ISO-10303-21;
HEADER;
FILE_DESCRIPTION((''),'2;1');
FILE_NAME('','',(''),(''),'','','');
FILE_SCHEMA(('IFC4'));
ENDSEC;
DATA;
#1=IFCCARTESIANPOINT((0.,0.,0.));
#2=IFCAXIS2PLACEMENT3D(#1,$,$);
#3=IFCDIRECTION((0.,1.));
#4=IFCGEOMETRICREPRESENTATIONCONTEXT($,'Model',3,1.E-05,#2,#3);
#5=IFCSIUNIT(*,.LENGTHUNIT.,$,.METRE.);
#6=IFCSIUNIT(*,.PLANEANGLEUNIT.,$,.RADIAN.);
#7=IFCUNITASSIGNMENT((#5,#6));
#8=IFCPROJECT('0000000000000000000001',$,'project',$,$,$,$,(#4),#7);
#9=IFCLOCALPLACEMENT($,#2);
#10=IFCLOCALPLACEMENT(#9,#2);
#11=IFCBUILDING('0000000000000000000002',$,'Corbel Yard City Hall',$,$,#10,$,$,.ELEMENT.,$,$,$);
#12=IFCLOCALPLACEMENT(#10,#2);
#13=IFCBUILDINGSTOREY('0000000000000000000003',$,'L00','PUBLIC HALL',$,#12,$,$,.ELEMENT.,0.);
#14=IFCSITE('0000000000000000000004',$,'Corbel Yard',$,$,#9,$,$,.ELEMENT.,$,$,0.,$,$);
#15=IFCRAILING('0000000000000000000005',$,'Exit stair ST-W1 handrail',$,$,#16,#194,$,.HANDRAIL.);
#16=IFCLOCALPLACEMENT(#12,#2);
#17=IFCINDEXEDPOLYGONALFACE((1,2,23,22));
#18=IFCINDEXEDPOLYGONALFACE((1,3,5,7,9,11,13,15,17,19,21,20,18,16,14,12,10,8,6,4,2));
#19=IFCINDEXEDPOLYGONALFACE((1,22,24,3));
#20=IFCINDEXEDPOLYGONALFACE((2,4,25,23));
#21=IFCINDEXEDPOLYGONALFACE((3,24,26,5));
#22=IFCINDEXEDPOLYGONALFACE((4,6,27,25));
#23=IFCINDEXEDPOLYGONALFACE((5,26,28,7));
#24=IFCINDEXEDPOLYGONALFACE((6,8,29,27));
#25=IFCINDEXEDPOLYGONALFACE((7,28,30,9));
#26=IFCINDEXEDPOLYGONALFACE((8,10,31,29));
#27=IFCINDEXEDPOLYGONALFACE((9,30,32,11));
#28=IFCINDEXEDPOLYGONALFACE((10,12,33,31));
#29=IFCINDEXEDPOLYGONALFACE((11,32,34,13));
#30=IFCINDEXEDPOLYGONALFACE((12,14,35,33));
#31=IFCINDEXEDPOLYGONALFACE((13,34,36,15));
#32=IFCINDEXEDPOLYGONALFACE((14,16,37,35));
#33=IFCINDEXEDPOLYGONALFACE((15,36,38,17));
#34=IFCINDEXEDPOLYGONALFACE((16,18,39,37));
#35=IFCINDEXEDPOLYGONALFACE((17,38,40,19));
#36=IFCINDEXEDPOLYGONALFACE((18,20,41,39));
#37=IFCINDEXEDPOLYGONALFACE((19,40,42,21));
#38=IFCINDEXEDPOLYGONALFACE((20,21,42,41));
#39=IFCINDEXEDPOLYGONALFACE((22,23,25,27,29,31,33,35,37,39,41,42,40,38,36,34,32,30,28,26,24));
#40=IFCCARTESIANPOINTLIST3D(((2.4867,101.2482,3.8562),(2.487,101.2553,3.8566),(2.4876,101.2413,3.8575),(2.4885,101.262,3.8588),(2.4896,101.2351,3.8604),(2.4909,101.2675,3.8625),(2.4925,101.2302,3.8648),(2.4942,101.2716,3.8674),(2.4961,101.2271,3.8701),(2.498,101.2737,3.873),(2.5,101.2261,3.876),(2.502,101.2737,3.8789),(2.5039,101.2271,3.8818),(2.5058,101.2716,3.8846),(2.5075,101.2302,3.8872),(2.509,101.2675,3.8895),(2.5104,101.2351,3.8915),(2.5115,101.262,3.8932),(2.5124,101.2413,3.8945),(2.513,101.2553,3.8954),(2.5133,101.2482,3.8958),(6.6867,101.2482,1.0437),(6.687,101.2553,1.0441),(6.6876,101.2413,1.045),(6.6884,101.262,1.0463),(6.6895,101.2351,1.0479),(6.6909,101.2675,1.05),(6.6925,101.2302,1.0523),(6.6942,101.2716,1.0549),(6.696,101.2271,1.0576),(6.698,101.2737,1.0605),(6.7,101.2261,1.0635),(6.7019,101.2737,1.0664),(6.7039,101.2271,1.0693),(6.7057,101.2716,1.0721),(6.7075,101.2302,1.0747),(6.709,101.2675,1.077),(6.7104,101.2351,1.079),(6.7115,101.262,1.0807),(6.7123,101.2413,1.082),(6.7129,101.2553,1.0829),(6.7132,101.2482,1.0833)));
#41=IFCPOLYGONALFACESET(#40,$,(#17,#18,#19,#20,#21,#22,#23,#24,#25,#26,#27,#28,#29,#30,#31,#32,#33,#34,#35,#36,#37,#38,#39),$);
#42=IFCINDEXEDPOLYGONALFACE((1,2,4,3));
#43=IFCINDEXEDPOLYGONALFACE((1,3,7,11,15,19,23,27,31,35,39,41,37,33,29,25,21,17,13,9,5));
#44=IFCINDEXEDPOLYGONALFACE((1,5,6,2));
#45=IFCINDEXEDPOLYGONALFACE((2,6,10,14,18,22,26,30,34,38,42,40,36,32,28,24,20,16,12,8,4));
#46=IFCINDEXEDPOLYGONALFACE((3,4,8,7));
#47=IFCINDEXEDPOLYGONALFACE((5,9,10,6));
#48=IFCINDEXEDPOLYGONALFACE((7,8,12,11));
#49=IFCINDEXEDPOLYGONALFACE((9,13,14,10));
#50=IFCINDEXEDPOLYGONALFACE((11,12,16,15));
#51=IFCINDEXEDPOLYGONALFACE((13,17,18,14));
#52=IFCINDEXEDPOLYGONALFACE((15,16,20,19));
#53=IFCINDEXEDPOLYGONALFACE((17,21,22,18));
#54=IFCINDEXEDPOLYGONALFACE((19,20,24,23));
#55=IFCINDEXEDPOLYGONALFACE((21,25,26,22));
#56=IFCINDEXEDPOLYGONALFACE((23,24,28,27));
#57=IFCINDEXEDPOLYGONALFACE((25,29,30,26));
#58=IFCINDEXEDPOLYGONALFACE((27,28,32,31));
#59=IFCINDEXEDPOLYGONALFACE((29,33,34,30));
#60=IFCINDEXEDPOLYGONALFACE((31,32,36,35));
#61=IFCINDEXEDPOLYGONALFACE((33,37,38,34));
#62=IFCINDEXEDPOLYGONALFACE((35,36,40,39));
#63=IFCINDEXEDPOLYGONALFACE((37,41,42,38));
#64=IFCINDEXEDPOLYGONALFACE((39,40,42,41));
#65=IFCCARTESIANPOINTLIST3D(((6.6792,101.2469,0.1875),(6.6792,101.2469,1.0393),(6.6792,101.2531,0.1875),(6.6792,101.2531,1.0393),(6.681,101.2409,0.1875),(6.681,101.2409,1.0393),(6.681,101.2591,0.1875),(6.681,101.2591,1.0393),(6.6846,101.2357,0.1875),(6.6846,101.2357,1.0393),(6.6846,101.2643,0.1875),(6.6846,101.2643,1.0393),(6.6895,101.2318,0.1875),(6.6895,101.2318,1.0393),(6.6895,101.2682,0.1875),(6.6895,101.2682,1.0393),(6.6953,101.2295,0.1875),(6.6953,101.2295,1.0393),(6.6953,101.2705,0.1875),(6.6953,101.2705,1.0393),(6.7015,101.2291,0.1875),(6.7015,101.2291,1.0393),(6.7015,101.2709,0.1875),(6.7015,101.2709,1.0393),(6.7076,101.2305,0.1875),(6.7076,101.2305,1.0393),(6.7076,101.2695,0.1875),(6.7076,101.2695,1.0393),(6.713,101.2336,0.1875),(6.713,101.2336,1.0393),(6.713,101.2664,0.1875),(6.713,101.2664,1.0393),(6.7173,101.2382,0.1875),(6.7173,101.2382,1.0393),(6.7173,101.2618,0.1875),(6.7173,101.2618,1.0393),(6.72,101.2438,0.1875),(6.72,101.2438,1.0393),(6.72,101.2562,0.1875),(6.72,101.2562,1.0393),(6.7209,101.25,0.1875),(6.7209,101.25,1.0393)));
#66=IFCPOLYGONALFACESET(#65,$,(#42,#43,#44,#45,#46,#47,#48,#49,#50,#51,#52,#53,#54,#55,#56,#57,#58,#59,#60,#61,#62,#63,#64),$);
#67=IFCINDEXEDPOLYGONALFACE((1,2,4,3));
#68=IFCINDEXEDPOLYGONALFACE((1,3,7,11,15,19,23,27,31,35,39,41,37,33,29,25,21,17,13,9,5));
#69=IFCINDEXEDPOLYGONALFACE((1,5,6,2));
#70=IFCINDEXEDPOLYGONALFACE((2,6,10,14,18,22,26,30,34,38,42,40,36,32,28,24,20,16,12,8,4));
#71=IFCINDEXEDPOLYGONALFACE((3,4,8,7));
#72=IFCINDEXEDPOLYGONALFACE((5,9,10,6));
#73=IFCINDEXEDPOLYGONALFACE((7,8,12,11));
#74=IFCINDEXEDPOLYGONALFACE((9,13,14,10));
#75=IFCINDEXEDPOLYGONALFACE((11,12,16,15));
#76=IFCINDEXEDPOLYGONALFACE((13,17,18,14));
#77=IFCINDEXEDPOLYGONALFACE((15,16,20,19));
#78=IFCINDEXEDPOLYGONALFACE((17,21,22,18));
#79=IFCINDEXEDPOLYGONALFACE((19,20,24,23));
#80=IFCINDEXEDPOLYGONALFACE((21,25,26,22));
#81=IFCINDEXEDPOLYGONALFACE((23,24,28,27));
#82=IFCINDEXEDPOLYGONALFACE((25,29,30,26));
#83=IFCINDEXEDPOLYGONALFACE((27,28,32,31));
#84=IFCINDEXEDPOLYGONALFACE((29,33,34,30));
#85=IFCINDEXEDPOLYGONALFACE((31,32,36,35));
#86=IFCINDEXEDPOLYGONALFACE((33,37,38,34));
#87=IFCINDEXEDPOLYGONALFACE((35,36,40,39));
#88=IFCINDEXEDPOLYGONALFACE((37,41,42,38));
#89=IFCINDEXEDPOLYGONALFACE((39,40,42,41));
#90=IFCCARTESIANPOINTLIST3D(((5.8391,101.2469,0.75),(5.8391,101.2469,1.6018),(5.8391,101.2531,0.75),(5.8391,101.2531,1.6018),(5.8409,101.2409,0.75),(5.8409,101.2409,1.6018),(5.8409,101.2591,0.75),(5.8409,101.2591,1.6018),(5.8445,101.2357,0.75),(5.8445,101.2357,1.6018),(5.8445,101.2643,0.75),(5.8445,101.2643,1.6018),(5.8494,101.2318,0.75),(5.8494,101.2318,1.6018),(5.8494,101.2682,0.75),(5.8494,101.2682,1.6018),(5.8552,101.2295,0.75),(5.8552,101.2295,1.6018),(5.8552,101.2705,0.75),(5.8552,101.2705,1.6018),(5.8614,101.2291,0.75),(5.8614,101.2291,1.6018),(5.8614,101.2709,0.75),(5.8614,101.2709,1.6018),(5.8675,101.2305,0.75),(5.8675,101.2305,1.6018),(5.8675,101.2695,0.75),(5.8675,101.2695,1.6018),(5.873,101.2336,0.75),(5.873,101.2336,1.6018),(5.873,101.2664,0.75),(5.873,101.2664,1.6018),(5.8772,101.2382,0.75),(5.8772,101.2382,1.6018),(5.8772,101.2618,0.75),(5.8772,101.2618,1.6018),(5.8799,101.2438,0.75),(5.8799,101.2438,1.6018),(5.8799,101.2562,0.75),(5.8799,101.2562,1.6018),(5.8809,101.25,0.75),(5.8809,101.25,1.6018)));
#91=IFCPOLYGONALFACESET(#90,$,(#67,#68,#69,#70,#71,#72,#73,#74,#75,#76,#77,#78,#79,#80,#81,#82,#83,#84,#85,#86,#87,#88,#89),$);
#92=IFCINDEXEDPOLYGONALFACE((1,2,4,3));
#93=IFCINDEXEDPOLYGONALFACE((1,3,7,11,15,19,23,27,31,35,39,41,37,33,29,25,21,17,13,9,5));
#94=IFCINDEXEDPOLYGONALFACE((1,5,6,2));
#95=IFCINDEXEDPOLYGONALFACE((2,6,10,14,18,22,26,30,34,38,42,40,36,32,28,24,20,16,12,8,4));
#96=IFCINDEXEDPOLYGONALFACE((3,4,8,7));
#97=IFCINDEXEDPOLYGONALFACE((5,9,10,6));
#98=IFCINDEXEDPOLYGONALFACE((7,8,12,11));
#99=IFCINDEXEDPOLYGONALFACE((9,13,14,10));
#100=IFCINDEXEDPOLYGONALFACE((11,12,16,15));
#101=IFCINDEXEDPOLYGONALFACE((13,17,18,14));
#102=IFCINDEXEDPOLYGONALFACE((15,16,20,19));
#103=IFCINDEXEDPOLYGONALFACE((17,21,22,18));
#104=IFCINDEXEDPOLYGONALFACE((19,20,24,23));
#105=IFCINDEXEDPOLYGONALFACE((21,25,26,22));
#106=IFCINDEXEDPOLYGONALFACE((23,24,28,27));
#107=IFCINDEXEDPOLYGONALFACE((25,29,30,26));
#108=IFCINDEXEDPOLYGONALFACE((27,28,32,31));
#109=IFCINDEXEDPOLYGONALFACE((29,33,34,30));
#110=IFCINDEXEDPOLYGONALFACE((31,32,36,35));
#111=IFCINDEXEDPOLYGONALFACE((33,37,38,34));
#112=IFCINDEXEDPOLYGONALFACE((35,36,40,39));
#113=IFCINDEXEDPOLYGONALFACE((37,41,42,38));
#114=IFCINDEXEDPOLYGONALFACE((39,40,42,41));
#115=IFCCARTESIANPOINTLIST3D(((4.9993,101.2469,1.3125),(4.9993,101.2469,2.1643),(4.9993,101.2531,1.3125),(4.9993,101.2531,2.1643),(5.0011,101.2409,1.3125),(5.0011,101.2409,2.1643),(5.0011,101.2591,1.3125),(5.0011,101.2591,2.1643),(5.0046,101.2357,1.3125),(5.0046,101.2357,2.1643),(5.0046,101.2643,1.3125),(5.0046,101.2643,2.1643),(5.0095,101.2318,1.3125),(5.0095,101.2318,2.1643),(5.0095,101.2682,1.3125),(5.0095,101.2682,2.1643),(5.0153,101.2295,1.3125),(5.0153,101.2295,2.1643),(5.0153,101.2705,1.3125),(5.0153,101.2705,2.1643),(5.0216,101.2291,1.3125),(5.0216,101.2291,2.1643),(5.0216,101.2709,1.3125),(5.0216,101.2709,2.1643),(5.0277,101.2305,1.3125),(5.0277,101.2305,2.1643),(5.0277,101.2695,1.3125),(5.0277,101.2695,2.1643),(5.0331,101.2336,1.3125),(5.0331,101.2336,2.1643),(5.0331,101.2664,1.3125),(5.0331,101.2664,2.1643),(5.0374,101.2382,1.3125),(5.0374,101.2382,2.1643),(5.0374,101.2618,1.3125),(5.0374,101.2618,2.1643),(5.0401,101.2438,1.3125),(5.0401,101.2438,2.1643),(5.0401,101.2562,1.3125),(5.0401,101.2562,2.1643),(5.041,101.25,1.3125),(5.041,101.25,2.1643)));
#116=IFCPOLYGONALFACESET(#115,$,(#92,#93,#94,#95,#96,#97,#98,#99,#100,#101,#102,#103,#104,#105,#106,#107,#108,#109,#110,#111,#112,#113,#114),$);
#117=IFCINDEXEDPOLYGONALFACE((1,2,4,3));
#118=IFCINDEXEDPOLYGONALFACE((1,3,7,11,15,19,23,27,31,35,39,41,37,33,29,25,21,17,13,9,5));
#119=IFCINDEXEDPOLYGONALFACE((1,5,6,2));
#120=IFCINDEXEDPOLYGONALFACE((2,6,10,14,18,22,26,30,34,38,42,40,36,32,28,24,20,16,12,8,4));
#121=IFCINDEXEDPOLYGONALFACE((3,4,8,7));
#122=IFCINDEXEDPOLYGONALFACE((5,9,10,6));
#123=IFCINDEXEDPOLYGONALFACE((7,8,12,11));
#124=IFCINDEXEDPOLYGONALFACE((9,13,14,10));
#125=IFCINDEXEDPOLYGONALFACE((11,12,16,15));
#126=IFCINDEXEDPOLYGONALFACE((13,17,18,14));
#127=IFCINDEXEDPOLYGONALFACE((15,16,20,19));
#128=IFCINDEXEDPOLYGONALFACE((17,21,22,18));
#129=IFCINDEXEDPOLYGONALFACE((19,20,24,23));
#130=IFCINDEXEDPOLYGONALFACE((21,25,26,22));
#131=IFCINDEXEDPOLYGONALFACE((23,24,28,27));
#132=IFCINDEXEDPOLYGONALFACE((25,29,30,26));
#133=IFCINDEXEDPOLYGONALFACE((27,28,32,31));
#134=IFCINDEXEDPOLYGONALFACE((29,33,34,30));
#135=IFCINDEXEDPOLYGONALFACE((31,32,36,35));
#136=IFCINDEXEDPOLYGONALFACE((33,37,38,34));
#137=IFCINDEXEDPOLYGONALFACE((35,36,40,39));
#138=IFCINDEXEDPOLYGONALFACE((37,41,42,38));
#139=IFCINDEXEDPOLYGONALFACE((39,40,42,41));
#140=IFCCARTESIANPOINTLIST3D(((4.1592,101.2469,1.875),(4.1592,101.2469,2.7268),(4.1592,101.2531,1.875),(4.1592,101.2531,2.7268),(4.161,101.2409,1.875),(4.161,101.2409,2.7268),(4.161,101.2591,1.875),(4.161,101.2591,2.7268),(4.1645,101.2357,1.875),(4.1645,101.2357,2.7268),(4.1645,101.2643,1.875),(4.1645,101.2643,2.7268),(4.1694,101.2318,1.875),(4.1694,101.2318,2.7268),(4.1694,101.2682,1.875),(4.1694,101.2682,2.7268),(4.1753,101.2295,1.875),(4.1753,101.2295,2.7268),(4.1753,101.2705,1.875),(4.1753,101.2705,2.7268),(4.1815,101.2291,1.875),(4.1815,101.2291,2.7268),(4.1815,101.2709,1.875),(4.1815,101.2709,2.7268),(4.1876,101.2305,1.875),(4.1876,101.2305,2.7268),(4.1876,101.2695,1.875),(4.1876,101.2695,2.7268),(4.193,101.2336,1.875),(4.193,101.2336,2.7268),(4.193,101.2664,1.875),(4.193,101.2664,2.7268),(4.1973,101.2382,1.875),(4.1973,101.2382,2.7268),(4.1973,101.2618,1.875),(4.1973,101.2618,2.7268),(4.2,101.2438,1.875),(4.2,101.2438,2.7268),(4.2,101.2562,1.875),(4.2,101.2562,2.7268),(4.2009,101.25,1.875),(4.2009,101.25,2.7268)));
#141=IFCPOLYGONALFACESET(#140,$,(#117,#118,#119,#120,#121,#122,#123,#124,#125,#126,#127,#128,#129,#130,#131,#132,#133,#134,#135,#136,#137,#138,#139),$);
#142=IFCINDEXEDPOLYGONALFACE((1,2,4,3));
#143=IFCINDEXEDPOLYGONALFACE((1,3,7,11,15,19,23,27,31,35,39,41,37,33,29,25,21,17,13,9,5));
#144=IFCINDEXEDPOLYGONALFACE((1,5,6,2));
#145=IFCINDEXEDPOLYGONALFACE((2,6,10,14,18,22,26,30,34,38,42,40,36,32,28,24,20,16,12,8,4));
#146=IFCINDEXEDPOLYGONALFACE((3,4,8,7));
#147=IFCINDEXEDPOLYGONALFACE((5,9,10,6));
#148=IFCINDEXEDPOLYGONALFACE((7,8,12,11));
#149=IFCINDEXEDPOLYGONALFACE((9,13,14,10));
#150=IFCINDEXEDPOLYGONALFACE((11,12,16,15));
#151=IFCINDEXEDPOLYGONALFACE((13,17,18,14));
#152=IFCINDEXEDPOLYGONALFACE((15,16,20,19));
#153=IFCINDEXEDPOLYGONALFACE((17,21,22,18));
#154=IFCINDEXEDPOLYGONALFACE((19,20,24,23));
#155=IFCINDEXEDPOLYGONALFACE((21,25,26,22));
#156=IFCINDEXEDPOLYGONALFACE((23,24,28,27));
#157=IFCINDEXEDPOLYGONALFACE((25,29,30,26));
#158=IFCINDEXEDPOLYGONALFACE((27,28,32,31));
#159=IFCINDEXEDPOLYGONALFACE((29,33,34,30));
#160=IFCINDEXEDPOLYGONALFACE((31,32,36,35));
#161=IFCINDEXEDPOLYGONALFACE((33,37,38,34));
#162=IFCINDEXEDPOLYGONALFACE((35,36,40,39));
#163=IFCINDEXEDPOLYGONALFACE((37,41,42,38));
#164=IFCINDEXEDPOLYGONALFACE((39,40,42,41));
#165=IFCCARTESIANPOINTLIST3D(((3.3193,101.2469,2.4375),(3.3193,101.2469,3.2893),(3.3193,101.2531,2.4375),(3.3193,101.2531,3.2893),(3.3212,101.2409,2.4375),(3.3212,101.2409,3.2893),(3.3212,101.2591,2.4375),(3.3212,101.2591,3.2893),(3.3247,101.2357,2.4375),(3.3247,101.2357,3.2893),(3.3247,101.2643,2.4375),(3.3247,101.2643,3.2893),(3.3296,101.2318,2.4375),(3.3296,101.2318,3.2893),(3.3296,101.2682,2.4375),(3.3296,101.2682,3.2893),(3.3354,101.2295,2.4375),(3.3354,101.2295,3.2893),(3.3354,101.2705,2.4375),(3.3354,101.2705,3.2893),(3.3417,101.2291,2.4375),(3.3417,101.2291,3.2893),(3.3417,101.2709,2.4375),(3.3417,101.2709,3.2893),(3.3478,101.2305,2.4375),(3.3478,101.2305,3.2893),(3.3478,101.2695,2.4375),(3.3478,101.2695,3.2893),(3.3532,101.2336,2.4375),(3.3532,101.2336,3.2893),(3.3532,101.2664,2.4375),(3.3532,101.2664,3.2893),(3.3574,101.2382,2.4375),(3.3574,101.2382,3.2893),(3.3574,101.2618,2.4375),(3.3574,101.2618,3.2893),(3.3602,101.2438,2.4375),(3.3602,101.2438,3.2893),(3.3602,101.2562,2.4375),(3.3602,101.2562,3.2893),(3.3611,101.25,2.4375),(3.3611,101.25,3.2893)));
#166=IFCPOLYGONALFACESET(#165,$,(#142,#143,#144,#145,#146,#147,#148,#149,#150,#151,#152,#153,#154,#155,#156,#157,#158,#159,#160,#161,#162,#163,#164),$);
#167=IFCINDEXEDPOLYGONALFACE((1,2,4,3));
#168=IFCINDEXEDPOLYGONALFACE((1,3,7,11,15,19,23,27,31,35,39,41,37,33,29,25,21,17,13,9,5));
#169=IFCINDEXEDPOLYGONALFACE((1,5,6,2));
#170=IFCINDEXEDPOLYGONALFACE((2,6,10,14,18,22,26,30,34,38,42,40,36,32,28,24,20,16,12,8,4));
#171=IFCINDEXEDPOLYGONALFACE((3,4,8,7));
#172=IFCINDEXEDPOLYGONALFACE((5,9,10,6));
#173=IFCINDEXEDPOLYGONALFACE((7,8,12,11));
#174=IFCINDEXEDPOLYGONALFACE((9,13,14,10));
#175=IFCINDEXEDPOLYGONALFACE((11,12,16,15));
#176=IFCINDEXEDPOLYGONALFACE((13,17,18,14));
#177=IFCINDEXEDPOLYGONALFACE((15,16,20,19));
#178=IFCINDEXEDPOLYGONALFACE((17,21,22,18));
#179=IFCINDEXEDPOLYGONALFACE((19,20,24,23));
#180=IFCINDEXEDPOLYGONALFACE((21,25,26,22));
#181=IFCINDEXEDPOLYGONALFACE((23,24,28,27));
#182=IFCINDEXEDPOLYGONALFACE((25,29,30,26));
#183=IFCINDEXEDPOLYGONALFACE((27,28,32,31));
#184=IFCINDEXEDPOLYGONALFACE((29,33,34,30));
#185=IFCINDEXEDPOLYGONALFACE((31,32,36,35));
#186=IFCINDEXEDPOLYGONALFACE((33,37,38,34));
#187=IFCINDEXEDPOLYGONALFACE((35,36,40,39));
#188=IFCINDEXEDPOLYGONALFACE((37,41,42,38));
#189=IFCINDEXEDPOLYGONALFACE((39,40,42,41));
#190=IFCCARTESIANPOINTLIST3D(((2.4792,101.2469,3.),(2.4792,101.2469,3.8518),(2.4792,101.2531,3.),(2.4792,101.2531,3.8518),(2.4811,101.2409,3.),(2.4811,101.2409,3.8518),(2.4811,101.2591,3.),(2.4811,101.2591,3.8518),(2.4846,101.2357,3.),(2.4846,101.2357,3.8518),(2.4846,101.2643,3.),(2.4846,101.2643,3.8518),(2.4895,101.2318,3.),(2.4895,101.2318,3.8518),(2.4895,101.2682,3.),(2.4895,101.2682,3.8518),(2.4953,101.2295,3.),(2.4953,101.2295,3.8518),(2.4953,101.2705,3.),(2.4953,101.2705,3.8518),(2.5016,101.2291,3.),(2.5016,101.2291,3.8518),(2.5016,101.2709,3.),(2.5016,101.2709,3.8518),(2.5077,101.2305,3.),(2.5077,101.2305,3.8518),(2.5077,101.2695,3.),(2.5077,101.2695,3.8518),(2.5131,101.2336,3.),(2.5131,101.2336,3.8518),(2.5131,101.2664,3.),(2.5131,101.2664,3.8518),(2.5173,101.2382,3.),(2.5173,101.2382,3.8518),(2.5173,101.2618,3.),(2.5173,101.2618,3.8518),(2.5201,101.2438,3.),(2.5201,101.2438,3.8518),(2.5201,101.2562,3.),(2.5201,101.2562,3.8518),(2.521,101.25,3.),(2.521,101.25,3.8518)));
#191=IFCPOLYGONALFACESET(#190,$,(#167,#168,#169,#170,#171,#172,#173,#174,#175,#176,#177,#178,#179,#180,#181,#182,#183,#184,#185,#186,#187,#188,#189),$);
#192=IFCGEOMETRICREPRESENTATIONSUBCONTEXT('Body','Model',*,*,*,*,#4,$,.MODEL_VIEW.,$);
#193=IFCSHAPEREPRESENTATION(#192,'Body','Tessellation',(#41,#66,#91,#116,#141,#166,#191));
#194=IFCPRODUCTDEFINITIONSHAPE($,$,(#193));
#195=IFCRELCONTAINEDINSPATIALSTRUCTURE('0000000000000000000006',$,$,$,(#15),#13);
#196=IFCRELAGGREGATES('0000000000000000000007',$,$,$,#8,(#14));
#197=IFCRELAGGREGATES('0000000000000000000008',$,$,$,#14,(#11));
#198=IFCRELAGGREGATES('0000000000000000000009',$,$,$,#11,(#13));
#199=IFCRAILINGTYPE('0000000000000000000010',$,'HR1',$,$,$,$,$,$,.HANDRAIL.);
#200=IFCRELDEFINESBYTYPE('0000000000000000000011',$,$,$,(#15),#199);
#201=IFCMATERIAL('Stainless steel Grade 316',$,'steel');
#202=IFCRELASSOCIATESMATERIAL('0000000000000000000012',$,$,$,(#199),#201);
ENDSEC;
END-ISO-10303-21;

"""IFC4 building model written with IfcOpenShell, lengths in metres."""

from ifc_helpers import new_model, si_unit, direction, frame, origin, origin_2d, place, context, subcontext, project, spatial, circle, extrude, material, type_object, element, save


model = new_model("IFC4")

# Units and contexts
model_context = context("Model", 3, precision=1e-05, world=origin(), true_north=direction((0.0, 1.0)))
body_context = subcontext(model_context, "Body", "Model", "MODEL_VIEW")
ifc_project = project(units=[si_unit("LENGTHUNIT", "METRE"), si_unit("PLANEANGLEUNIT", "RADIAN")], contexts=[model_context])

# Site, building, storey
site_placement = place(None, origin())
site = spatial("IfcSite", under=ifc_project, at=site_placement, Name="Corbel Yard", CompositionType="ELEMENT", RefElevation=0.0)
building_placement = place(site_placement, origin())
building = spatial("IfcBuilding", under=site, at=building_placement, Name="Corbel Yard City Hall", CompositionType="ELEMENT")
storey_placement = place(building_placement, origin())
storey = spatial("IfcBuildingStorey", under=building, at=storey_placement, Name="L00", Description="PUBLIC HALL", CompositionType="ELEMENT", Elevation=0.0)

# Railing
ifc_material_1 = material(Name="Stainless steel Grade 316", Category="steel")
railing_type = type_object("IfcRailingType", Name="HR1", PredefinedType="HANDRAIL", material=ifc_material_1)
for number, where, name in (
    (1, (6.7, 101.25, 0.1875), "Exit stair ST-W1 handrail"),
):
    element("IfcRailing", number, at=place(storey_placement, frame(where)), inside=storey, type_object=railing_type, Name=name, PredefinedType="HANDRAIL", context=body_context, shape_type="SweptSolid", body=[
        extrude(circle(Radius=0.0239, at=origin_2d()), frame((0.0, 0.0, 0.876), z_axis=(-0.830904, 0.0, 0.556416), x_axis=(0.0, -1.0, 0.0)), (0.0, 0.0, 1.0), 5.0547),
        extrude(circle(Radius=0.021, at=origin_2d()), origin(), (0.0, 0.0, 1.0), 0.8518),
        extrude(circle(Radius=0.021, at=origin_2d()), frame((-0.8401, 0.0, 0.5625)), (0.0, 0.0, 1.0), 0.8518),
        extrude(circle(Radius=0.021, at=origin_2d()), frame((-1.6799, 0.0, 1.125)), (0.0, 0.0, 1.0), 0.8518),
        extrude(circle(Radius=0.021, at=origin_2d()), frame((-2.52, 0.0, 1.6875)), (0.0, 0.0, 1.0), 0.8518),
        extrude(circle(Radius=0.021, at=origin_2d()), frame((-3.3599, 0.0, 2.25)), (0.0, 0.0, 1.0), 0.8518),
        extrude(circle(Radius=0.021, at=origin_2d()), frame((-4.2, 0.0, 2.8125)), (0.0, 0.0, 1.0), 0.8518),
    ])

save(model, "model.ifc")
